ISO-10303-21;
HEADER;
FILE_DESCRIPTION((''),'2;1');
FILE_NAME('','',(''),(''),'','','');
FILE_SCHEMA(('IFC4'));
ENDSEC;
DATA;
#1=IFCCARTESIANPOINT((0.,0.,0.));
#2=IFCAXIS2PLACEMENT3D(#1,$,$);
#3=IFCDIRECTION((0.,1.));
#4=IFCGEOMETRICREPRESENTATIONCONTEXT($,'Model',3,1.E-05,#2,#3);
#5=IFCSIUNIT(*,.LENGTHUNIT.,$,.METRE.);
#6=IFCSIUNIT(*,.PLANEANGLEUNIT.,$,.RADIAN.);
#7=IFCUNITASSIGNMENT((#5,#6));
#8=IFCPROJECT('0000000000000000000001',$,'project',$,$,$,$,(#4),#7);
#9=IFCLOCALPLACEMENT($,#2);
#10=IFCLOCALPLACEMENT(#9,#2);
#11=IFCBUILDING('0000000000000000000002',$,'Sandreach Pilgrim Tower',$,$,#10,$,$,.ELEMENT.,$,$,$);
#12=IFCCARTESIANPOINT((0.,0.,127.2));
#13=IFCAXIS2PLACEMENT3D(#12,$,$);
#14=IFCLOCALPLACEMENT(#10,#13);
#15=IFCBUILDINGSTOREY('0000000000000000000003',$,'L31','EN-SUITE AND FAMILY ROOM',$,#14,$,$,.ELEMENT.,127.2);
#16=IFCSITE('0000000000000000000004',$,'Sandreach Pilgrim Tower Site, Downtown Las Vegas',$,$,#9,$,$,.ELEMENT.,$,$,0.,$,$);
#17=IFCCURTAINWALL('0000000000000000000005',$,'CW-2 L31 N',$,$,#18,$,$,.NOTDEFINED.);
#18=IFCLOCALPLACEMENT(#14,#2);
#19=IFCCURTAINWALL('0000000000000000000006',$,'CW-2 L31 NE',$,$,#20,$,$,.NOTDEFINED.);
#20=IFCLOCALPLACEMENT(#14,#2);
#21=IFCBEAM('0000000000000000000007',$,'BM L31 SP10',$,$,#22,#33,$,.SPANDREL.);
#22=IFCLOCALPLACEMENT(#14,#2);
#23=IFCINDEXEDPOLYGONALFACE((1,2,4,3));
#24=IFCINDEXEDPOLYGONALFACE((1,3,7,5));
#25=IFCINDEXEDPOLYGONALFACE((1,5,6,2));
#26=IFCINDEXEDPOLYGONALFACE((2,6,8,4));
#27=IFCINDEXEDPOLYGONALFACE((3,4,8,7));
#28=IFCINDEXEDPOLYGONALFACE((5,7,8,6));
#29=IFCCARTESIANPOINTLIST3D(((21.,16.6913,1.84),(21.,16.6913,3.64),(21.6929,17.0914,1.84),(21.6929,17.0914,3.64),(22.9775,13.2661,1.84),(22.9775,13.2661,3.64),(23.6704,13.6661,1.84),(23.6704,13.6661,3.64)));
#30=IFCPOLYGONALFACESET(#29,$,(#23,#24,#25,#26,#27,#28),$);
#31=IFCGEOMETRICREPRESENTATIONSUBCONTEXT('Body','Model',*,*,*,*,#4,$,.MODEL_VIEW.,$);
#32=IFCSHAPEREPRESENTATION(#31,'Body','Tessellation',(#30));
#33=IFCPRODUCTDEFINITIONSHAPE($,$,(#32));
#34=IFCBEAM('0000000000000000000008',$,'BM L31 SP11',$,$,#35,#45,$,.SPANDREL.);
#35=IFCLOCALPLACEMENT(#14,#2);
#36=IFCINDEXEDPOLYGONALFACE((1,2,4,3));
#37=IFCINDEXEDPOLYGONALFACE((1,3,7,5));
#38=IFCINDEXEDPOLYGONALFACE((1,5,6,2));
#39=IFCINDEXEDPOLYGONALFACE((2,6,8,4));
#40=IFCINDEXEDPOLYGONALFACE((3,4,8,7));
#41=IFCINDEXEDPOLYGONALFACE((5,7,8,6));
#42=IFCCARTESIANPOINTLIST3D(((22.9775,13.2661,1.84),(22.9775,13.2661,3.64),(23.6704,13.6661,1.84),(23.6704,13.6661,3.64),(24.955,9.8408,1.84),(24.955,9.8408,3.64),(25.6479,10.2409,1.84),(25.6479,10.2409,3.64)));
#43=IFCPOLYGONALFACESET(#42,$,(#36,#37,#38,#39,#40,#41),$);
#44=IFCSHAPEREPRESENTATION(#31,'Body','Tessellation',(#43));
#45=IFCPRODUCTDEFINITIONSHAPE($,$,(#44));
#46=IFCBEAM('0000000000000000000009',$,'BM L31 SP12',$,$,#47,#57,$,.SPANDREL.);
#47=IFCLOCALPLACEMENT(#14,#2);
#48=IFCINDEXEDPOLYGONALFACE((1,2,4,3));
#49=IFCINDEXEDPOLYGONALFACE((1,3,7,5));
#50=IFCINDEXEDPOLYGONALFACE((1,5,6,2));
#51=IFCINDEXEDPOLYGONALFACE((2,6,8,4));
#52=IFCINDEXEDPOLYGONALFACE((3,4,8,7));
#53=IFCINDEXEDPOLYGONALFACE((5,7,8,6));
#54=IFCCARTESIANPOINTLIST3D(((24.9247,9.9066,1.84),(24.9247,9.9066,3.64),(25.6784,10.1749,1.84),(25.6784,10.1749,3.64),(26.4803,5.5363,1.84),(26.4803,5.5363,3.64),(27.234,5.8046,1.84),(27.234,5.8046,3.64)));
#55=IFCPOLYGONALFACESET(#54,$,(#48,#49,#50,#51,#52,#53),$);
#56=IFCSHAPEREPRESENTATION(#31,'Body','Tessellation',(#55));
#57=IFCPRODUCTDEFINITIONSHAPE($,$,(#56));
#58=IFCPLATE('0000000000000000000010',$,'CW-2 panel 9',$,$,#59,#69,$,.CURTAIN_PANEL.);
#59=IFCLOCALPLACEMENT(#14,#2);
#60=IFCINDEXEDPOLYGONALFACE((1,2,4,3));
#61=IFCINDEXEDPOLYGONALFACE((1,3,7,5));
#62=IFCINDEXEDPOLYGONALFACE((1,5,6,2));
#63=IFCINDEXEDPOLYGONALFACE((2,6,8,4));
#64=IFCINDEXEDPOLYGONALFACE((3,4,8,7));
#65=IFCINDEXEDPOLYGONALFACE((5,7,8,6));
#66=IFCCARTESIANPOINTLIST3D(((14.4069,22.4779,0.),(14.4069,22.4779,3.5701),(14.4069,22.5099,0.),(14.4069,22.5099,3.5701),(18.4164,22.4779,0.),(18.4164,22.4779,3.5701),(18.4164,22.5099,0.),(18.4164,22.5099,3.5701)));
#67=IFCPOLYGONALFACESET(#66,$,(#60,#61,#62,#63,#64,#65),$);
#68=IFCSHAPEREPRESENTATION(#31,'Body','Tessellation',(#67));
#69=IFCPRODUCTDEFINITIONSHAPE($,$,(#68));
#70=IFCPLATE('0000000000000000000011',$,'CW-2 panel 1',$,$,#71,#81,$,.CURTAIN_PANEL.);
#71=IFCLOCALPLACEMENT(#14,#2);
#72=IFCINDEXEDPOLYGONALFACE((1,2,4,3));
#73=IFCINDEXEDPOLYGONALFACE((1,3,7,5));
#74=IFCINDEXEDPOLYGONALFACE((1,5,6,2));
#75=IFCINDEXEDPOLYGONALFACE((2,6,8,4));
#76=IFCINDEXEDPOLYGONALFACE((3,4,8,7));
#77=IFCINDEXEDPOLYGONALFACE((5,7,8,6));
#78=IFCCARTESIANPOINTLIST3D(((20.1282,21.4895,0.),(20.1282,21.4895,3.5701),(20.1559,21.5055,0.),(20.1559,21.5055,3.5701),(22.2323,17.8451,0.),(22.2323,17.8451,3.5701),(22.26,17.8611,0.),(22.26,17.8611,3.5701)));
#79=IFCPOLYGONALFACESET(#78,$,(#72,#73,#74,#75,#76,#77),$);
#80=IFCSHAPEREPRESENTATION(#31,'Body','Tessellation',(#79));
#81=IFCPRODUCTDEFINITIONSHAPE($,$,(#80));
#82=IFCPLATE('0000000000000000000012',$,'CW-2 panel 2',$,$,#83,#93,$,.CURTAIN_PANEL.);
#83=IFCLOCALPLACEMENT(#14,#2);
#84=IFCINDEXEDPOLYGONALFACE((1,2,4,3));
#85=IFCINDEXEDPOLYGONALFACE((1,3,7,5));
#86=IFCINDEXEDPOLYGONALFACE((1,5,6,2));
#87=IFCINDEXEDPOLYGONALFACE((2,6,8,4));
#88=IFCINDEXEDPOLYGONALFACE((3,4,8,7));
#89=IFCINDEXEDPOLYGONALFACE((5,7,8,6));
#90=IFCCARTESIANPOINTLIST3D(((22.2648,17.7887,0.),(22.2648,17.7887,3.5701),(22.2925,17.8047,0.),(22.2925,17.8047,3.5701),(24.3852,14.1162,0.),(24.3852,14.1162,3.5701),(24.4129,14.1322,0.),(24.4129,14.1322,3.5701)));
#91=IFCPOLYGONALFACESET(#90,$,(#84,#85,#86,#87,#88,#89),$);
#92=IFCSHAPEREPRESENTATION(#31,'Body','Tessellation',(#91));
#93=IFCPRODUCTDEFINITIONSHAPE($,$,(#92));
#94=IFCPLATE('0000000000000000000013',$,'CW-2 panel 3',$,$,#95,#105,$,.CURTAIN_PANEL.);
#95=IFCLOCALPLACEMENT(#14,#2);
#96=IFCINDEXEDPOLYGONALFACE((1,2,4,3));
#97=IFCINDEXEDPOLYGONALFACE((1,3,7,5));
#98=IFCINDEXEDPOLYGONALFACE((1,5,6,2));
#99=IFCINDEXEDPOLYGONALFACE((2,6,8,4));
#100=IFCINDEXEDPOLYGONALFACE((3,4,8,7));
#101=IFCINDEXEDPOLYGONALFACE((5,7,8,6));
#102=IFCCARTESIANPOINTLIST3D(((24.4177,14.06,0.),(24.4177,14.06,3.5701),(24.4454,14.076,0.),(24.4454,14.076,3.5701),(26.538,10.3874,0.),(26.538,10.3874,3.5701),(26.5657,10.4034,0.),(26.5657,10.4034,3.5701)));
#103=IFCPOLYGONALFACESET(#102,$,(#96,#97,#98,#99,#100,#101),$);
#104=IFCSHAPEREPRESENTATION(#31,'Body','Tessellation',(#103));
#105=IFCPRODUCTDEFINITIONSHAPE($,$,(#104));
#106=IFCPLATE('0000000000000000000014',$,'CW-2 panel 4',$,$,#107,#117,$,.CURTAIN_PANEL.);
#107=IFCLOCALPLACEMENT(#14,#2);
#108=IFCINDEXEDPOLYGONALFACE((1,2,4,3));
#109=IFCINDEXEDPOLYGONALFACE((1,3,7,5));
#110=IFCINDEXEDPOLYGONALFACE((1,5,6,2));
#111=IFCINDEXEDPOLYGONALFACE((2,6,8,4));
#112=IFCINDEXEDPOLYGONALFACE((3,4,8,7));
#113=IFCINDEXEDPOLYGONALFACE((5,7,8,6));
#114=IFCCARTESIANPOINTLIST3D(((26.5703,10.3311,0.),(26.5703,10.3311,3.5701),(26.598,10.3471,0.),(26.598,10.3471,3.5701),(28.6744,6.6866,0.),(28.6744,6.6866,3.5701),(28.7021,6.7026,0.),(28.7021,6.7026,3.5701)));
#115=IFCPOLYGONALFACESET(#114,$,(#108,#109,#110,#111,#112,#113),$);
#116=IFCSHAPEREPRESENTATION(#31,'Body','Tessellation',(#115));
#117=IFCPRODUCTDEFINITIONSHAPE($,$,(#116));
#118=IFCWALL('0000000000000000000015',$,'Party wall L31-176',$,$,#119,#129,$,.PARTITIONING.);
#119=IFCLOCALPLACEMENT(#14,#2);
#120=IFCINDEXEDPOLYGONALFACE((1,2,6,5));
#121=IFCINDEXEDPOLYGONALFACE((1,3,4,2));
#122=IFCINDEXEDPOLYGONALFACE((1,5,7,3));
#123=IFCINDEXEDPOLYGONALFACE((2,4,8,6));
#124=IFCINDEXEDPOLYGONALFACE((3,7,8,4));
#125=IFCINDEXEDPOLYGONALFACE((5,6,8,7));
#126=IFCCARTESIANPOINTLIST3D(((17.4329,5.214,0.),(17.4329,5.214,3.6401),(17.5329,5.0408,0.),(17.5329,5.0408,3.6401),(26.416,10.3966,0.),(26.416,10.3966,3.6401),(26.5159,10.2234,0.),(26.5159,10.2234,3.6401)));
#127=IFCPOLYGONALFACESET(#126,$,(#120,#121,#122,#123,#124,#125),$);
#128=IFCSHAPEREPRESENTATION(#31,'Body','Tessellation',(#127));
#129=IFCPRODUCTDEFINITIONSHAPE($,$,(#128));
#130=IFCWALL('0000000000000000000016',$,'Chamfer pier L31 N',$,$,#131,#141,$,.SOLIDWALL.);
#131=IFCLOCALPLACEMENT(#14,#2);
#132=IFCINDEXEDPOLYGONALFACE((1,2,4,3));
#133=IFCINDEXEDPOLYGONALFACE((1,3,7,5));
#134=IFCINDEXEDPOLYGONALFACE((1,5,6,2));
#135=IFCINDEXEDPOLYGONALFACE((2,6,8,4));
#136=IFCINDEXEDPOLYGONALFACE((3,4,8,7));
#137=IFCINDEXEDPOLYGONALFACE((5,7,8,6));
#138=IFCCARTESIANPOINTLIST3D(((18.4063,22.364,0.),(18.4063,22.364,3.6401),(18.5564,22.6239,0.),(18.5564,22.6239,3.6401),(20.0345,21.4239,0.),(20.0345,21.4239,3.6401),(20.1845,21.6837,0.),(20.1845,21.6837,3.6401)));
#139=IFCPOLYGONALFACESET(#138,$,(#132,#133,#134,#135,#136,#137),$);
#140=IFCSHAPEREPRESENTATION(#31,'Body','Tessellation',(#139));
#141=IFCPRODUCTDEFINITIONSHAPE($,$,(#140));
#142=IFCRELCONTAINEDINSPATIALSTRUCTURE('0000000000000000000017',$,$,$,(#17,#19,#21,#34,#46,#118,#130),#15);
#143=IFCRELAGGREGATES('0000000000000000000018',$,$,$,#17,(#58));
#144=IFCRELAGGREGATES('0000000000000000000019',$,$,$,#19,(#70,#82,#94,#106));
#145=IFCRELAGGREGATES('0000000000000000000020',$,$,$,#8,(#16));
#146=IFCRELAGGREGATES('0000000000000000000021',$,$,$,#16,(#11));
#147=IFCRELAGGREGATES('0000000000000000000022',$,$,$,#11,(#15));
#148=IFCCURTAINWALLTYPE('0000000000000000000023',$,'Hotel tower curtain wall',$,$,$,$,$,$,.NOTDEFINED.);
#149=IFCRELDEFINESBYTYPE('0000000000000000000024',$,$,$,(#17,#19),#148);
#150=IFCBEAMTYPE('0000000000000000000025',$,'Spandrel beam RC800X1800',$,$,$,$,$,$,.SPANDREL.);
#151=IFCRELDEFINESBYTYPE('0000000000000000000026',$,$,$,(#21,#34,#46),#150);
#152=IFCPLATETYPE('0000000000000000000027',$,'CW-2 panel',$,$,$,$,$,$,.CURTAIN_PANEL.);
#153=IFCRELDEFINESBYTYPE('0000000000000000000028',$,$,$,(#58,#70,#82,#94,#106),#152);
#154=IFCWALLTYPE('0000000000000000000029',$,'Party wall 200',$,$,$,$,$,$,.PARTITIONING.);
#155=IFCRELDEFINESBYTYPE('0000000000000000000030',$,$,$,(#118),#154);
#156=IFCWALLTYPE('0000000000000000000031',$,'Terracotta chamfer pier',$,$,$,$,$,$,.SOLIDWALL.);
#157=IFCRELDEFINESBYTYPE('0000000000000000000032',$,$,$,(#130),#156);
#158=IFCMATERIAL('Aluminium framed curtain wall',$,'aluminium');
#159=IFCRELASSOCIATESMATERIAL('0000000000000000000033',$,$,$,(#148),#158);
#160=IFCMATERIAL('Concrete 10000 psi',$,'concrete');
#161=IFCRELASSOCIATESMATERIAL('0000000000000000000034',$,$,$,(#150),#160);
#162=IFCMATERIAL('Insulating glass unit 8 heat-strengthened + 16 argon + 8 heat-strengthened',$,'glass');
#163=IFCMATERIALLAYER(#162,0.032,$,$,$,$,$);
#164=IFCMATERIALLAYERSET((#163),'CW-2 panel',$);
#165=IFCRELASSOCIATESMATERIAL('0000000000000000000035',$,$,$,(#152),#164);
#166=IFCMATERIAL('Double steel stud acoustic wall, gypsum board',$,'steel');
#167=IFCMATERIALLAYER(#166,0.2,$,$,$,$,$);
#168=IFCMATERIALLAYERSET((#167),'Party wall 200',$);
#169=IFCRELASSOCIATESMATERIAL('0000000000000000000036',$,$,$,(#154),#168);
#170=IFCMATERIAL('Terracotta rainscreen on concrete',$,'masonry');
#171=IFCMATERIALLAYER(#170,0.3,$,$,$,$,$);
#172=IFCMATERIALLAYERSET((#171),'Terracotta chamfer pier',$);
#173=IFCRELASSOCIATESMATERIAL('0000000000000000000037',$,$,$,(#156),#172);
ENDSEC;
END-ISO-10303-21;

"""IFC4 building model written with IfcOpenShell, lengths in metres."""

from ifc_helpers import new_model, si_unit, direction, frame, frame_2d, origin, origin_2d, place, context, subcontext, project, spatial, rectangle, extrude, material, layer, layer_set, material_profile, profile_set, type_object, element, aggregate, save


model = new_model("IFC4")

# Units and contexts
model_context = context("Model", 3, precision=1e-05, world=origin(), true_north=direction((0.0, 1.0)))
body_context = subcontext(model_context, "Body", "Model", "MODEL_VIEW")
ifc_project = project(units=[si_unit("LENGTHUNIT", "METRE"), si_unit("PLANEANGLEUNIT", "RADIAN")], contexts=[model_context])

# Site, building, storey
site_placement = place(None, origin())
site = spatial("IfcSite", under=ifc_project, at=site_placement, Name="Sandreach Pilgrim Tower Site, Downtown Las Vegas", CompositionType="ELEMENT", RefElevation=0.0)
building_placement = place(site_placement, origin())
building = spatial("IfcBuilding", under=site, at=building_placement, Name="Sandreach Pilgrim Tower", CompositionType="ELEMENT")
storey_placement = place(building_placement, frame((0.0, 0.0, 127.2)))
storey = spatial("IfcBuildingStorey", under=building, at=storey_placement, Name="L31", Description="EN-SUITE AND FAMILY ROOM", CompositionType="ELEMENT", Elevation=127.2)

# Curtain wall
ifc_material_1 = material(Name="Aluminium framed curtain wall", Category="aluminium")
curtain_wall_type = type_object("IfcCurtainWallType", Name="Hotel tower curtain wall", PredefinedType="NOTDEFINED", material=ifc_material_1)
curtain_wall_1_placement = place(storey_placement, origin())
curtain_wall_1 = element("IfcCurtainWall", 1, at=curtain_wall_1_placement, inside=storey, type_object=curtain_wall_type, Name="CW-2 L31 N", PredefinedType="NOTDEFINED")

# Curtain wall
curtain_wall_2_placement = place(storey_placement, origin())
curtain_wall_2 = element("IfcCurtainWall", 2, at=curtain_wall_2_placement, inside=storey, type_object=curtain_wall_type, Name="CW-2 L31 NE", PredefinedType="NOTDEFINED")

# Beams
ifc_material_2 = material(Name="Concrete 10000 psi", Category="concrete")
ifc_material_profile_1 = material_profile(ifc_material_2, rectangle(XDim=0.8, YDim=1.8, at=origin_2d()), Name="RC800X1800")
ifc_profile_set_1 = profile_set([ifc_material_profile_1], Name="Concrete 10000 psi")
beam_type_1 = type_object("IfcBeamType", Name="Spandrel beam RC800X1800", PredefinedType="SPANDREL", material=ifc_profile_set_1)
for number, where, z_axis, x_axis, name in (
    (3, (21.3464, 16.8914, 2.74), (0.49999, -0.866031, 0.0), (0.866031, 0.49999, 0.0), "BM L31 SP10"),
    (4, (23.324, 13.4661, 2.74), (0.49999, -0.866031, 0.0), (0.866031, 0.49999, 0.0), "BM L31 SP11"),
):
    element("IfcBeam", number, at=place(storey_placement, frame(where, z_axis=z_axis, x_axis=x_axis)), inside=storey, type_object=beam_type_1, Name=name, PredefinedType="SPANDREL", context=body_context, shape_type="SweptSolid", body=[
        extrude(rectangle(XDim=0.8, YDim=1.8, at=origin_2d()), origin(), (0.0, 0.0, 1.0), 3.9551),
    ])
beam_1_placement = place(storey_placement, frame((25.3015, 10.0408, 2.74), z_axis=(0.335346, -0.942095, 0.0), x_axis=(0.942095, 0.335346, 0.0)))
element("IfcBeam", 5, at=beam_1_placement, inside=storey, type_object=beam_type_1, Name="BM L31 SP12", PredefinedType="SPANDREL", context=body_context, shape_type="SweptSolid", body=[
    extrude(rectangle(XDim=0.8, YDim=1.8, at=origin_2d()), origin(), (0.0, 0.0, 1.0), 4.6389),
])

# Plates
ifc_material_3 = material(Name="Insulating glass unit 8 heat-strengthened + 16 argon + 8 heat-strengthened", Category="glass")
ifc_layer_1 = layer(ifc_material_3, 0.032)
ifc_layer_set_1 = layer_set([ifc_layer_1], Name="CW-2 panel")
plate_type = type_object("IfcPlateType", Name="CW-2 panel", PredefinedType="CURTAIN_PANEL", material=ifc_layer_set_1)
plate_1_placement = place(storey_placement, frame((16.4116, 22.4939, 0.0), z_axis=(0.0, 0.0, 1.0), x_axis=(1.0, 0.0, 0.0)))
plate_1 = element("IfcPlate", 6, at=plate_1_placement, type_object=plate_type, Name="CW-2 panel 9", PredefinedType="CURTAIN_PANEL", context=body_context, shape_type="SweptSolid", body=[
    extrude(rectangle(XDim=4.0095, YDim=0.032, at=origin_2d()), origin(), (0.0, 0.0, 1.0), 3.5701),
])
aggregate(curtain_wall_1, [plate_1])
plate_2_placement = place(storey_placement, frame((21.1941, 19.6753, 0.0), z_axis=(0.0, 0.0, 1.0), x_axis=(0.5, -0.866025, 0.0)))
plate_2 = element("IfcPlate", 7, at=plate_2_placement, type_object=plate_type, Name="CW-2 panel 1", PredefinedType="CURTAIN_PANEL", context=body_context, shape_type="SweptSolid", body=[
    extrude(rectangle(XDim=4.2083, YDim=0.032, at=origin_2d()), origin(), (0.0, 0.0, 1.0), 3.5701),
])
plate_3_placement = place(storey_placement, frame((23.3389, 15.9604, 0.0), z_axis=(0.0, 0.0, 1.0), x_axis=(0.5, -0.866025, 0.0)))
plate_3 = element("IfcPlate", 8, at=plate_3_placement, type_object=plate_type, Name="CW-2 panel 2", PredefinedType="CURTAIN_PANEL", context=body_context, shape_type="SweptSolid", body=[
    extrude(rectangle(XDim=4.2407, YDim=0.032, at=origin_2d()), origin(), (0.0, 0.0, 1.0), 3.5701),
])
plate_4_placement = place(storey_placement, frame((25.4917, 12.2317, 0.0), z_axis=(0.0, 0.0, 1.0), x_axis=(0.5, -0.866025, 0.0)))
plate_4 = element("IfcPlate", 9, at=plate_4_placement, type_object=plate_type, Name="CW-2 panel 3", PredefinedType="CURTAIN_PANEL", context=body_context, shape_type="SweptSolid", body=[
    extrude(rectangle(XDim=4.2407, YDim=0.032, at=origin_2d()), origin(), (0.0, 0.0, 1.0), 3.5701),
])
plate_5_placement = place(storey_placement, frame((27.6362, 8.5168, 0.0), z_axis=(0.0, 0.0, 1.0), x_axis=(0.5, -0.866025, 0.0)))
plate_5 = element("IfcPlate", 10, at=plate_5_placement, type_object=plate_type, Name="CW-2 panel 4", PredefinedType="CURTAIN_PANEL", context=body_context, shape_type="SweptSolid", body=[
    extrude(rectangle(XDim=4.2083, YDim=0.032, at=origin_2d()), origin(), (0.0, 0.0, 1.0), 3.5701),
])
aggregate(curtain_wall_2, [plate_2, plate_3, plate_4, plate_5])

# Walls
ifc_material_4 = material(Name="Double steel stud acoustic wall, gypsum board", Category="steel")
ifc_layer_2 = layer(ifc_material_4, 0.2)
ifc_layer_set_2 = layer_set([ifc_layer_2], Name="Party wall 200")
wall_type_1 = type_object("IfcWallType", Name="Party wall 200", PredefinedType="PARTITIONING", material=ifc_layer_set_2)
wall_1_placement = place(storey_placement, frame((26.4661, 10.3101, 0.0), z_axis=(0.0, 0.0, 1.0), x_axis=(-0.866184, -0.499724, 0.0)))
element("IfcWall", 11, at=wall_1_placement, inside=storey, type_object=wall_type_1, Name="Party wall L31-176", PredefinedType="PARTITIONING", context=body_context, shape_type="SweptSolid", body=[
    extrude(rectangle(XDim=10.3708, YDim=0.2, at=frame_2d((5.1855, 0.0))), origin(), (0.0, 0.0, 1.0), 3.6401),
])
ifc_material_5 = material(Name="Terracotta rainscreen on concrete", Category="masonry")
ifc_layer_3 = layer(ifc_material_5, 0.3)
ifc_layer_set_3 = layer_set([ifc_layer_3], Name="Terracotta chamfer pier")
wall_type_2 = type_object("IfcWallType", Name="Terracotta chamfer pier", PredefinedType="SOLIDWALL", material=ifc_layer_set_3)
wall_2_placement = place(storey_placement, frame((18.4814, 22.4939, 0.0), z_axis=(0.0, 0.0, 1.0), x_axis=(0.865989, -0.500063, 0.0)))
element("IfcWall", 12, at=wall_2_placement, inside=storey, type_object=wall_type_2, Name="Chamfer pier L31 N", PredefinedType="SOLIDWALL", context=body_context, shape_type="SweptSolid", body=[
    extrude(rectangle(XDim=1.8801, YDim=0.3, at=frame_2d((0.9399, 0.0))), origin(), (0.0, 0.0, 1.0), 3.6401),
])

save(model, "model.ifc")
